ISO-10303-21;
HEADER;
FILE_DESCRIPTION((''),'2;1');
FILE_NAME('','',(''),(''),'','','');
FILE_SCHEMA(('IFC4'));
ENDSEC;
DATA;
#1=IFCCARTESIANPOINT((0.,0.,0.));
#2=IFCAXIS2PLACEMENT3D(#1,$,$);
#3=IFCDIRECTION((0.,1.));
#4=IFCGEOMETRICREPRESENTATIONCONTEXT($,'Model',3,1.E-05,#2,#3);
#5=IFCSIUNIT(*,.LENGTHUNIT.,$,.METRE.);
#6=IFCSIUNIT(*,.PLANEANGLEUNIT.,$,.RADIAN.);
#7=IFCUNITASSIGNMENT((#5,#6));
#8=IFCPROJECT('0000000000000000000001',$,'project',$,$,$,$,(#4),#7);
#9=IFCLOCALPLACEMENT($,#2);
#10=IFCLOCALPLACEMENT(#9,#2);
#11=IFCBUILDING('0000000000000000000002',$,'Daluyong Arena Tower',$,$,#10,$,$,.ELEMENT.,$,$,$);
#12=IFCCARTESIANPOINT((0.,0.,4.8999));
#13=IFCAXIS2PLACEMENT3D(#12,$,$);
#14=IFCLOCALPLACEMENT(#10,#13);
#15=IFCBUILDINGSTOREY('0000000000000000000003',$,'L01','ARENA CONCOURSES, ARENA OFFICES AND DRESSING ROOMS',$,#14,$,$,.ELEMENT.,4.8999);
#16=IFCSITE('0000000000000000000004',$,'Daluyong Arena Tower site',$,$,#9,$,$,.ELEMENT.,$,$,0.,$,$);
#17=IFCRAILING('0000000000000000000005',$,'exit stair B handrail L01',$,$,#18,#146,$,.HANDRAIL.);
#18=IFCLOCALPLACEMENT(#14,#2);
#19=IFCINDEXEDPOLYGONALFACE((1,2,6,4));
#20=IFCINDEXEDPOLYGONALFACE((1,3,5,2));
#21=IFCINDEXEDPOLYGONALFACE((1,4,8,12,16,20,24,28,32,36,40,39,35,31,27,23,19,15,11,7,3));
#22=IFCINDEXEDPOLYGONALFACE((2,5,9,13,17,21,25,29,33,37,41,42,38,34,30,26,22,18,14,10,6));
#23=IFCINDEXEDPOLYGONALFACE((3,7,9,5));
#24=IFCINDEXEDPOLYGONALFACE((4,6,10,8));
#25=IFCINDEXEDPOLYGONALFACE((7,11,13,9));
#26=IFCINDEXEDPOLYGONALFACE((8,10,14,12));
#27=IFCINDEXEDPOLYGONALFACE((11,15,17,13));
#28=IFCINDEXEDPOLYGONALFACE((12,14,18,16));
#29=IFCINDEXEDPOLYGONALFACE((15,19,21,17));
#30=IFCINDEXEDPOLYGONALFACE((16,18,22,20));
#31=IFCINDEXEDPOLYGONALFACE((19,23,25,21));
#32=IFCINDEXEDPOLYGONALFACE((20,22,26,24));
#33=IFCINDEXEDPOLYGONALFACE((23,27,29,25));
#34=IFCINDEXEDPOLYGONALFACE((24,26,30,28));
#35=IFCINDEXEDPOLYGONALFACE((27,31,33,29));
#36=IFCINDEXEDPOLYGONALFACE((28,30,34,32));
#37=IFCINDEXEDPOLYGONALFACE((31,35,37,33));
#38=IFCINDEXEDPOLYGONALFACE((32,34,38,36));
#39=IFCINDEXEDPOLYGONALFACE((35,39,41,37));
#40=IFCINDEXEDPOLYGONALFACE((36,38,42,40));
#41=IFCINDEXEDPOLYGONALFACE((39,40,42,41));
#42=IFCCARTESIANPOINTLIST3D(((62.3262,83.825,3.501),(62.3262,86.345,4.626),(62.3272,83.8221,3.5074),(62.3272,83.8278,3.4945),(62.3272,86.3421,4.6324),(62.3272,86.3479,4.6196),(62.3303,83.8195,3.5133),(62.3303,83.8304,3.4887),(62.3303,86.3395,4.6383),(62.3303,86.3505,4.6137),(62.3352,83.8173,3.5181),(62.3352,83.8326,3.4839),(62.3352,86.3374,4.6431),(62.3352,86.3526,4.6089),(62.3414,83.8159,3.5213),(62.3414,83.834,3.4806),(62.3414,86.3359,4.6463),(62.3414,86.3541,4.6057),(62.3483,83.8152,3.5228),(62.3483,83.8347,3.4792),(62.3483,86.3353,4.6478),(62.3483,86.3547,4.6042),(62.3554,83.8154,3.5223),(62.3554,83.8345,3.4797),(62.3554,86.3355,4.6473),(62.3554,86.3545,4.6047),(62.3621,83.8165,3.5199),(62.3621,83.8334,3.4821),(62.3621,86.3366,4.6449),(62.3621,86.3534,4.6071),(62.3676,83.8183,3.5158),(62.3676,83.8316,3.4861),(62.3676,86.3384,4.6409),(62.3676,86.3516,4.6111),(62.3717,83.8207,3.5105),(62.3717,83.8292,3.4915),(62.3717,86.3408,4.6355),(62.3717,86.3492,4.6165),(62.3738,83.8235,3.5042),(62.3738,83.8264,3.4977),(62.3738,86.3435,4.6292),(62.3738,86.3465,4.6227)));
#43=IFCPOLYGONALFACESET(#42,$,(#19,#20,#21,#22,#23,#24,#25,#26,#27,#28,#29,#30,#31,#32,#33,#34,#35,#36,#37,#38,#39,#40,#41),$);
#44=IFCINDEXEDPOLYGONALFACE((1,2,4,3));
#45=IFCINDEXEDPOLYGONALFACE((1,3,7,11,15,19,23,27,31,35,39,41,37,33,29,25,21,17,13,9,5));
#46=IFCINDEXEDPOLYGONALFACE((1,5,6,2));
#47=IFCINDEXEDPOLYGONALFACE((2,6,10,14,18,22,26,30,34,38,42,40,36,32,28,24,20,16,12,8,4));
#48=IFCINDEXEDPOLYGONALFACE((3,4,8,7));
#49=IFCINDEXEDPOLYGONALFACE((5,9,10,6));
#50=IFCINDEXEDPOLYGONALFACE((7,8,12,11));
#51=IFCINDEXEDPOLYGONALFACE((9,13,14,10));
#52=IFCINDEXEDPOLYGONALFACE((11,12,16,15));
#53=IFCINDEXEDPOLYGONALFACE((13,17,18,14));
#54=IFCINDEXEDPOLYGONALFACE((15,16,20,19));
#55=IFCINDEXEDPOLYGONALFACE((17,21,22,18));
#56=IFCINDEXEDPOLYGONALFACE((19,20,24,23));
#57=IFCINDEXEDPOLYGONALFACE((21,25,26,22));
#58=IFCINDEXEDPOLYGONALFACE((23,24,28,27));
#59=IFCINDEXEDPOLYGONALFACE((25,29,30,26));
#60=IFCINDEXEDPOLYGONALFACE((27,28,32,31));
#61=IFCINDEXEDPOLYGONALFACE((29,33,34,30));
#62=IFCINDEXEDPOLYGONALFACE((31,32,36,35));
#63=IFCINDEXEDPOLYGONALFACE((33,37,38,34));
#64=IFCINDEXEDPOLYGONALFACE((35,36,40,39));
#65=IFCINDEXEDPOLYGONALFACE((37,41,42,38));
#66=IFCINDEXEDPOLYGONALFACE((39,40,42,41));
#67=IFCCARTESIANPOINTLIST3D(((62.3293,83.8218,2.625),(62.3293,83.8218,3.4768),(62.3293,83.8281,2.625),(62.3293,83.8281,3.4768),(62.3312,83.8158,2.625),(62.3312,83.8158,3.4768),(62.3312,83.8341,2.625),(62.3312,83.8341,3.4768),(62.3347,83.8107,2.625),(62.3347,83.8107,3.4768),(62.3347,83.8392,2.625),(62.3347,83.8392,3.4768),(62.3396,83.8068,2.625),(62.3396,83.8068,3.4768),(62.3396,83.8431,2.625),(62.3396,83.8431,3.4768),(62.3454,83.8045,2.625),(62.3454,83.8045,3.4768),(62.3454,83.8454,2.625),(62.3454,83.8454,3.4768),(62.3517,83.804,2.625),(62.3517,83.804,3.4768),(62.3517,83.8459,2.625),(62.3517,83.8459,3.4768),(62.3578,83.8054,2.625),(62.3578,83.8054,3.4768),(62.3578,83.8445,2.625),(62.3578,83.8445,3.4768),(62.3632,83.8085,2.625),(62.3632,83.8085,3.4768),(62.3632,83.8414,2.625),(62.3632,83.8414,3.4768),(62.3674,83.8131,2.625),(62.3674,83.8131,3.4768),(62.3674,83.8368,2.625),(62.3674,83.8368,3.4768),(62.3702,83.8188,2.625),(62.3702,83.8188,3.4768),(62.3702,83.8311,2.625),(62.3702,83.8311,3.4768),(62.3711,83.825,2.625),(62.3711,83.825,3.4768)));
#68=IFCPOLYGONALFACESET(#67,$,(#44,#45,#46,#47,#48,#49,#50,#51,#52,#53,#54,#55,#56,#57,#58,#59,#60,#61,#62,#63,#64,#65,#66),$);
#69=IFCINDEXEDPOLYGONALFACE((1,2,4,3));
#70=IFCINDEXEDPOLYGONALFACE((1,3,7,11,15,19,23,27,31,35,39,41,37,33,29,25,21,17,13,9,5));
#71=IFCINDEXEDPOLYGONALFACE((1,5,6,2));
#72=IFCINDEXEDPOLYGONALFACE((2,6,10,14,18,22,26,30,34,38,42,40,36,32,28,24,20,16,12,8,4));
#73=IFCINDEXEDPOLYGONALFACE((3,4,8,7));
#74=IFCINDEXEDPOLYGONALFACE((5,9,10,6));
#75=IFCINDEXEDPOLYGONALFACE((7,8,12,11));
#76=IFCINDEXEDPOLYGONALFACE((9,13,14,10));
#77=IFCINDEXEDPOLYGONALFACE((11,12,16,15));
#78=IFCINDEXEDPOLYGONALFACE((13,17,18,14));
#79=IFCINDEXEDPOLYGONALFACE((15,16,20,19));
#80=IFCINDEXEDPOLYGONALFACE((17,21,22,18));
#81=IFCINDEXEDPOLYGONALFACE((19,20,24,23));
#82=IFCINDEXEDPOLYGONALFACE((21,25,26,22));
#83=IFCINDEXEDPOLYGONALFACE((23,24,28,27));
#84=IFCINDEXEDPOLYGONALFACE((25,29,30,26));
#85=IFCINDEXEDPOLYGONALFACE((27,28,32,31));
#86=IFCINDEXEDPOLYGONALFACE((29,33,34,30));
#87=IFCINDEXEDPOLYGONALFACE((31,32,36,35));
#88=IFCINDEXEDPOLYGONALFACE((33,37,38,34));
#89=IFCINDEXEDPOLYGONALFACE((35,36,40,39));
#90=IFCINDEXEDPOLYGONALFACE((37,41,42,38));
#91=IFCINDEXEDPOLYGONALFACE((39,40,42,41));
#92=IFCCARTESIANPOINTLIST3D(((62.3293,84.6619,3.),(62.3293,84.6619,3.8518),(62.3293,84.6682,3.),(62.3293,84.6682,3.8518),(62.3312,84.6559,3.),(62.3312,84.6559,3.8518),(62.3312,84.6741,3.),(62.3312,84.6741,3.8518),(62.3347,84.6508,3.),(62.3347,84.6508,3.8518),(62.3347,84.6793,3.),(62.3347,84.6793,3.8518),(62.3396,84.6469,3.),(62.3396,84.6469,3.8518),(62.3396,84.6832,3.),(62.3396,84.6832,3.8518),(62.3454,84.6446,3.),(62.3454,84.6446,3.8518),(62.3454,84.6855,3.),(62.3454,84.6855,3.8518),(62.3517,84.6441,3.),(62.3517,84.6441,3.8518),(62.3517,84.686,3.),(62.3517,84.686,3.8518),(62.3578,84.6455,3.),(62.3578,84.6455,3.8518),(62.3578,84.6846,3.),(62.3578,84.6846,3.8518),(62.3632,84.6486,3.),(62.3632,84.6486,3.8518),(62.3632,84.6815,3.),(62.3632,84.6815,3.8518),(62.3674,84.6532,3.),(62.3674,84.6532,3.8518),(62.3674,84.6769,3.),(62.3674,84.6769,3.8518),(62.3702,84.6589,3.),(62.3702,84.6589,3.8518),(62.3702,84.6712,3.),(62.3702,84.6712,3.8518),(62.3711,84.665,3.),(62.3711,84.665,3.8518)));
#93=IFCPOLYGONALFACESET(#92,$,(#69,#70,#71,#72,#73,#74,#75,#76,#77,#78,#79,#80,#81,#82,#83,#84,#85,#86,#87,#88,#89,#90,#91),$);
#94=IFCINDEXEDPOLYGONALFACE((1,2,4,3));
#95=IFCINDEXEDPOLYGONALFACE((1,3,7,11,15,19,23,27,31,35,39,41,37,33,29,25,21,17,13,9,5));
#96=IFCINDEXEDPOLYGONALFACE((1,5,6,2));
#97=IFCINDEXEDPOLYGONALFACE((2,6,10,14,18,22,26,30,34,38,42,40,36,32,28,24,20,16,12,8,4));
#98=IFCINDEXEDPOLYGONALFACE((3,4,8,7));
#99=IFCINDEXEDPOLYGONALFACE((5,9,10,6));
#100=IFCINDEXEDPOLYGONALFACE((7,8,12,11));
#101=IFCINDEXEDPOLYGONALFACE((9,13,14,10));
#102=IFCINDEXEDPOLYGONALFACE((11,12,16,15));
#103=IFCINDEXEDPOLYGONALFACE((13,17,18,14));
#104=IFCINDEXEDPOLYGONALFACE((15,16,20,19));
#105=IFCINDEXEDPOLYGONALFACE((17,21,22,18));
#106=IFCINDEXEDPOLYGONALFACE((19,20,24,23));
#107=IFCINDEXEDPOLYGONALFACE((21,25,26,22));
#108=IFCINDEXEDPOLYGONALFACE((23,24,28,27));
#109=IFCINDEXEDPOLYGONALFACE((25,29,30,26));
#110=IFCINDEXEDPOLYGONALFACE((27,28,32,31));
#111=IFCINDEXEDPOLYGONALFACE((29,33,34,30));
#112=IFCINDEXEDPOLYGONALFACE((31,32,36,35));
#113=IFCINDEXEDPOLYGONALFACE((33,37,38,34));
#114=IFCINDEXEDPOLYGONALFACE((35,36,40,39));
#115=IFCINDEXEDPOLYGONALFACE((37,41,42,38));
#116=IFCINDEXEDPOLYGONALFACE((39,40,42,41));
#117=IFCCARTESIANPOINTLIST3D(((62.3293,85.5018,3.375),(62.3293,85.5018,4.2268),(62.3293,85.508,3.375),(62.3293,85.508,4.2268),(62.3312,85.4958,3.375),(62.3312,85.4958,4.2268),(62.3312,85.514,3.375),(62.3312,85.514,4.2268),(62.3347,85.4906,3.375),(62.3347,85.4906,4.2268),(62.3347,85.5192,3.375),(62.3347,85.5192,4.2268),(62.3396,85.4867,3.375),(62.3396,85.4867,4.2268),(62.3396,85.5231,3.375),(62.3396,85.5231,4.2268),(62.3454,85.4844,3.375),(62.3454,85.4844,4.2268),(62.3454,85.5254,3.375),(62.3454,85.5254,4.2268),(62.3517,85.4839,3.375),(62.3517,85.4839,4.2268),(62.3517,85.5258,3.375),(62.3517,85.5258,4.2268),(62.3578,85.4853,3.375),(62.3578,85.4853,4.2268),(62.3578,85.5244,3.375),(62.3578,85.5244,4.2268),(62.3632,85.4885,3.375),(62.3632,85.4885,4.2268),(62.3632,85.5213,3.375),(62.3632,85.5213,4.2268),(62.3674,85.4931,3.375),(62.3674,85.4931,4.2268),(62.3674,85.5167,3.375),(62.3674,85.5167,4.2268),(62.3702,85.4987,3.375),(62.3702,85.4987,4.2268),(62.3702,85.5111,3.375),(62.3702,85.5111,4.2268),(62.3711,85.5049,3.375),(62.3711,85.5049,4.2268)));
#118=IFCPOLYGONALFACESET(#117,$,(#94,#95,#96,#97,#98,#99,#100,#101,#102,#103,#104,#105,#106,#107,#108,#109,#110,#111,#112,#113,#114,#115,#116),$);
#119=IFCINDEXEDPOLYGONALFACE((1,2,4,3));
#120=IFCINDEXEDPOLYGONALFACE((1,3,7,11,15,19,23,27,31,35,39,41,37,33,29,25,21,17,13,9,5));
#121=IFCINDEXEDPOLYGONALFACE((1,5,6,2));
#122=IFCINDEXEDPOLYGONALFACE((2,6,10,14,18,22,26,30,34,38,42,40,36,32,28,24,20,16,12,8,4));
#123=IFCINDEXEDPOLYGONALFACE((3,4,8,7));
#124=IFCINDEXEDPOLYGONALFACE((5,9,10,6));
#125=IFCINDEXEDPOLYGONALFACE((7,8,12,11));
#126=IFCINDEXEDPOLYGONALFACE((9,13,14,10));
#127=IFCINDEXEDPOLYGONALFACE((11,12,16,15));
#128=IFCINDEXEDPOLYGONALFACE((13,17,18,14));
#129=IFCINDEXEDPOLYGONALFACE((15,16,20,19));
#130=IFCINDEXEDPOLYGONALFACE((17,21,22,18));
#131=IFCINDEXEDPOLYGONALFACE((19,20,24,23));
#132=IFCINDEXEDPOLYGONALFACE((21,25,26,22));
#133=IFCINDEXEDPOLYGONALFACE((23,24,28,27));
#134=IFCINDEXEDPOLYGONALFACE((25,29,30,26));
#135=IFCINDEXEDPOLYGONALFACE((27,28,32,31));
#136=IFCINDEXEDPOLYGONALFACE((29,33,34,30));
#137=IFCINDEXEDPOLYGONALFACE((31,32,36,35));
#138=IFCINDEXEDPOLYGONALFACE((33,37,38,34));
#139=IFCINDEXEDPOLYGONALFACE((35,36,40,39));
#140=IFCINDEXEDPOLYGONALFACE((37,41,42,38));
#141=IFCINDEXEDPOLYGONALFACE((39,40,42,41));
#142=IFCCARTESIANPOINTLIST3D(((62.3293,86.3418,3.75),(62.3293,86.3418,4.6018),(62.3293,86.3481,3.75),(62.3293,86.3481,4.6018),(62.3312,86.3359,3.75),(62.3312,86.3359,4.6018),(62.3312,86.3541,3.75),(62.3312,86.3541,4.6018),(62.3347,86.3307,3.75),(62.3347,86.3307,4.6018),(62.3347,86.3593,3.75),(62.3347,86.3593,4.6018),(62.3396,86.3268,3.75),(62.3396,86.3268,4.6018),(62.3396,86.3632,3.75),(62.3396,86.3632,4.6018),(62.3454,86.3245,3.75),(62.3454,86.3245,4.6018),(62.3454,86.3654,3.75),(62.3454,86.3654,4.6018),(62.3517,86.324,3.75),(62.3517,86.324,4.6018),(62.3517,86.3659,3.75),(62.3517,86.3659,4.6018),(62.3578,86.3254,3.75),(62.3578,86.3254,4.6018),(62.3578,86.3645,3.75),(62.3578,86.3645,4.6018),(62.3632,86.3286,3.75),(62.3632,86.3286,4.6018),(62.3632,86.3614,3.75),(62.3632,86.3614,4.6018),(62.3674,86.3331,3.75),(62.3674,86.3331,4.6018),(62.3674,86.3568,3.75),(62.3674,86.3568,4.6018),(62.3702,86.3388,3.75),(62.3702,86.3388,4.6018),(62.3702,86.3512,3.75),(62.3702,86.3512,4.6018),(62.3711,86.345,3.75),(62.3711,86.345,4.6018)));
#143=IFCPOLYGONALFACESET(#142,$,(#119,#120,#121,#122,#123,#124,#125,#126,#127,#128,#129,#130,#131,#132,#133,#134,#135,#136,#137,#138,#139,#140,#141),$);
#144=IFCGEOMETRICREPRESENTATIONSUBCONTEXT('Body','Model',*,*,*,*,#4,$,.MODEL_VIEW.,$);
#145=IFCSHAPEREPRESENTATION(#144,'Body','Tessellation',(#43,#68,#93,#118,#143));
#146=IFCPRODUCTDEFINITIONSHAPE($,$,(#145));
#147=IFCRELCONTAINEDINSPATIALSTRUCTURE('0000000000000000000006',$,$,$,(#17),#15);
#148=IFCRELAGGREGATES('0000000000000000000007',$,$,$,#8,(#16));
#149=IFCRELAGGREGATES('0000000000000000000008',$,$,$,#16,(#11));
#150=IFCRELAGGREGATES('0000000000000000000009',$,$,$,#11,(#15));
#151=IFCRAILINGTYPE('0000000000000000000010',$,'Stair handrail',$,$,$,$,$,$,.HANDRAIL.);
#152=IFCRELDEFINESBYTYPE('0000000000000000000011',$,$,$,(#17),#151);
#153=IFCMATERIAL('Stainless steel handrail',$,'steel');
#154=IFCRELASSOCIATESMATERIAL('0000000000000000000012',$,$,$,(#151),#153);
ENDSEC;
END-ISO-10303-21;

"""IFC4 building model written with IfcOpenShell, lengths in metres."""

from ifc_helpers import new_model, si_unit, direction, frame, origin, origin_2d, place, context, subcontext, project, spatial, circle, extrude, material, type_object, element, save


model = new_model("IFC4")

# Units and contexts
model_context = context("Model", 3, precision=1e-05, world=origin(), true_north=direction((0.0, 1.0)))
body_context = subcontext(model_context, "Body", "Model", "MODEL_VIEW")
ifc_project = project(units=[si_unit("LENGTHUNIT", "METRE"), si_unit("PLANEANGLEUNIT", "RADIAN")], contexts=[model_context])

# Site, building, storey
site_placement = place(None, origin())
site = spatial("IfcSite", under=ifc_project, at=site_placement, Name="Daluyong Arena Tower site", CompositionType="ELEMENT", RefElevation=0.0)
building_placement = place(site_placement, origin())
building = spatial("IfcBuilding", under=site, at=building_placement, Name="Daluyong Arena Tower", CompositionType="ELEMENT")
storey_placement = place(building_placement, frame((0.0, 0.0, 4.8999)))
storey = spatial("IfcBuildingStorey", under=building, at=storey_placement, Name="L01", Description="ARENA CONCOURSES, ARENA OFFICES AND DRESSING ROOMS", CompositionType="ELEMENT", Elevation=4.8999)

# Railing
ifc_material_1 = material(Name="Stainless steel handrail", Category="steel")
railing_type = type_object("IfcRailingType", Name="Stair handrail", PredefinedType="HANDRAIL", material=ifc_material_1)
for number, where, name in (
    (1, (62.3501, 83.825, 2.625), "exit stair B handrail L01"),
):
    element("IfcRailing", number, at=place(storey_placement, frame(where)), inside=storey, type_object=railing_type, Name=name, PredefinedType="HANDRAIL", context=body_context, shape_type="SweptSolid", body=[
        extrude(circle(Radius=0.0239, at=origin_2d()), frame((0.0, 0.0, 0.876), z_axis=(0.0, 0.913139, 0.407648), x_axis=(-1.0, 0.0, 0.0)), (0.0, 0.0, 1.0), 2.7598),
        extrude(circle(Radius=0.021, at=origin_2d()), origin(), (0.0, 0.0, 1.0), 0.8518),
        extrude(circle(Radius=0.021, at=origin_2d()), frame((0.0, 0.8401, 0.375)), (0.0, 0.0, 1.0), 0.8518),
        extrude(circle(Radius=0.021, at=origin_2d()), frame((0.0, 1.6799, 0.75)), (0.0, 0.0, 1.0), 0.8518),
        extrude(circle(Radius=0.021, at=origin_2d()), frame((0.0, 2.52, 1.125)), (0.0, 0.0, 1.0), 0.8518),
    ])

save(model, "model.ifc")
